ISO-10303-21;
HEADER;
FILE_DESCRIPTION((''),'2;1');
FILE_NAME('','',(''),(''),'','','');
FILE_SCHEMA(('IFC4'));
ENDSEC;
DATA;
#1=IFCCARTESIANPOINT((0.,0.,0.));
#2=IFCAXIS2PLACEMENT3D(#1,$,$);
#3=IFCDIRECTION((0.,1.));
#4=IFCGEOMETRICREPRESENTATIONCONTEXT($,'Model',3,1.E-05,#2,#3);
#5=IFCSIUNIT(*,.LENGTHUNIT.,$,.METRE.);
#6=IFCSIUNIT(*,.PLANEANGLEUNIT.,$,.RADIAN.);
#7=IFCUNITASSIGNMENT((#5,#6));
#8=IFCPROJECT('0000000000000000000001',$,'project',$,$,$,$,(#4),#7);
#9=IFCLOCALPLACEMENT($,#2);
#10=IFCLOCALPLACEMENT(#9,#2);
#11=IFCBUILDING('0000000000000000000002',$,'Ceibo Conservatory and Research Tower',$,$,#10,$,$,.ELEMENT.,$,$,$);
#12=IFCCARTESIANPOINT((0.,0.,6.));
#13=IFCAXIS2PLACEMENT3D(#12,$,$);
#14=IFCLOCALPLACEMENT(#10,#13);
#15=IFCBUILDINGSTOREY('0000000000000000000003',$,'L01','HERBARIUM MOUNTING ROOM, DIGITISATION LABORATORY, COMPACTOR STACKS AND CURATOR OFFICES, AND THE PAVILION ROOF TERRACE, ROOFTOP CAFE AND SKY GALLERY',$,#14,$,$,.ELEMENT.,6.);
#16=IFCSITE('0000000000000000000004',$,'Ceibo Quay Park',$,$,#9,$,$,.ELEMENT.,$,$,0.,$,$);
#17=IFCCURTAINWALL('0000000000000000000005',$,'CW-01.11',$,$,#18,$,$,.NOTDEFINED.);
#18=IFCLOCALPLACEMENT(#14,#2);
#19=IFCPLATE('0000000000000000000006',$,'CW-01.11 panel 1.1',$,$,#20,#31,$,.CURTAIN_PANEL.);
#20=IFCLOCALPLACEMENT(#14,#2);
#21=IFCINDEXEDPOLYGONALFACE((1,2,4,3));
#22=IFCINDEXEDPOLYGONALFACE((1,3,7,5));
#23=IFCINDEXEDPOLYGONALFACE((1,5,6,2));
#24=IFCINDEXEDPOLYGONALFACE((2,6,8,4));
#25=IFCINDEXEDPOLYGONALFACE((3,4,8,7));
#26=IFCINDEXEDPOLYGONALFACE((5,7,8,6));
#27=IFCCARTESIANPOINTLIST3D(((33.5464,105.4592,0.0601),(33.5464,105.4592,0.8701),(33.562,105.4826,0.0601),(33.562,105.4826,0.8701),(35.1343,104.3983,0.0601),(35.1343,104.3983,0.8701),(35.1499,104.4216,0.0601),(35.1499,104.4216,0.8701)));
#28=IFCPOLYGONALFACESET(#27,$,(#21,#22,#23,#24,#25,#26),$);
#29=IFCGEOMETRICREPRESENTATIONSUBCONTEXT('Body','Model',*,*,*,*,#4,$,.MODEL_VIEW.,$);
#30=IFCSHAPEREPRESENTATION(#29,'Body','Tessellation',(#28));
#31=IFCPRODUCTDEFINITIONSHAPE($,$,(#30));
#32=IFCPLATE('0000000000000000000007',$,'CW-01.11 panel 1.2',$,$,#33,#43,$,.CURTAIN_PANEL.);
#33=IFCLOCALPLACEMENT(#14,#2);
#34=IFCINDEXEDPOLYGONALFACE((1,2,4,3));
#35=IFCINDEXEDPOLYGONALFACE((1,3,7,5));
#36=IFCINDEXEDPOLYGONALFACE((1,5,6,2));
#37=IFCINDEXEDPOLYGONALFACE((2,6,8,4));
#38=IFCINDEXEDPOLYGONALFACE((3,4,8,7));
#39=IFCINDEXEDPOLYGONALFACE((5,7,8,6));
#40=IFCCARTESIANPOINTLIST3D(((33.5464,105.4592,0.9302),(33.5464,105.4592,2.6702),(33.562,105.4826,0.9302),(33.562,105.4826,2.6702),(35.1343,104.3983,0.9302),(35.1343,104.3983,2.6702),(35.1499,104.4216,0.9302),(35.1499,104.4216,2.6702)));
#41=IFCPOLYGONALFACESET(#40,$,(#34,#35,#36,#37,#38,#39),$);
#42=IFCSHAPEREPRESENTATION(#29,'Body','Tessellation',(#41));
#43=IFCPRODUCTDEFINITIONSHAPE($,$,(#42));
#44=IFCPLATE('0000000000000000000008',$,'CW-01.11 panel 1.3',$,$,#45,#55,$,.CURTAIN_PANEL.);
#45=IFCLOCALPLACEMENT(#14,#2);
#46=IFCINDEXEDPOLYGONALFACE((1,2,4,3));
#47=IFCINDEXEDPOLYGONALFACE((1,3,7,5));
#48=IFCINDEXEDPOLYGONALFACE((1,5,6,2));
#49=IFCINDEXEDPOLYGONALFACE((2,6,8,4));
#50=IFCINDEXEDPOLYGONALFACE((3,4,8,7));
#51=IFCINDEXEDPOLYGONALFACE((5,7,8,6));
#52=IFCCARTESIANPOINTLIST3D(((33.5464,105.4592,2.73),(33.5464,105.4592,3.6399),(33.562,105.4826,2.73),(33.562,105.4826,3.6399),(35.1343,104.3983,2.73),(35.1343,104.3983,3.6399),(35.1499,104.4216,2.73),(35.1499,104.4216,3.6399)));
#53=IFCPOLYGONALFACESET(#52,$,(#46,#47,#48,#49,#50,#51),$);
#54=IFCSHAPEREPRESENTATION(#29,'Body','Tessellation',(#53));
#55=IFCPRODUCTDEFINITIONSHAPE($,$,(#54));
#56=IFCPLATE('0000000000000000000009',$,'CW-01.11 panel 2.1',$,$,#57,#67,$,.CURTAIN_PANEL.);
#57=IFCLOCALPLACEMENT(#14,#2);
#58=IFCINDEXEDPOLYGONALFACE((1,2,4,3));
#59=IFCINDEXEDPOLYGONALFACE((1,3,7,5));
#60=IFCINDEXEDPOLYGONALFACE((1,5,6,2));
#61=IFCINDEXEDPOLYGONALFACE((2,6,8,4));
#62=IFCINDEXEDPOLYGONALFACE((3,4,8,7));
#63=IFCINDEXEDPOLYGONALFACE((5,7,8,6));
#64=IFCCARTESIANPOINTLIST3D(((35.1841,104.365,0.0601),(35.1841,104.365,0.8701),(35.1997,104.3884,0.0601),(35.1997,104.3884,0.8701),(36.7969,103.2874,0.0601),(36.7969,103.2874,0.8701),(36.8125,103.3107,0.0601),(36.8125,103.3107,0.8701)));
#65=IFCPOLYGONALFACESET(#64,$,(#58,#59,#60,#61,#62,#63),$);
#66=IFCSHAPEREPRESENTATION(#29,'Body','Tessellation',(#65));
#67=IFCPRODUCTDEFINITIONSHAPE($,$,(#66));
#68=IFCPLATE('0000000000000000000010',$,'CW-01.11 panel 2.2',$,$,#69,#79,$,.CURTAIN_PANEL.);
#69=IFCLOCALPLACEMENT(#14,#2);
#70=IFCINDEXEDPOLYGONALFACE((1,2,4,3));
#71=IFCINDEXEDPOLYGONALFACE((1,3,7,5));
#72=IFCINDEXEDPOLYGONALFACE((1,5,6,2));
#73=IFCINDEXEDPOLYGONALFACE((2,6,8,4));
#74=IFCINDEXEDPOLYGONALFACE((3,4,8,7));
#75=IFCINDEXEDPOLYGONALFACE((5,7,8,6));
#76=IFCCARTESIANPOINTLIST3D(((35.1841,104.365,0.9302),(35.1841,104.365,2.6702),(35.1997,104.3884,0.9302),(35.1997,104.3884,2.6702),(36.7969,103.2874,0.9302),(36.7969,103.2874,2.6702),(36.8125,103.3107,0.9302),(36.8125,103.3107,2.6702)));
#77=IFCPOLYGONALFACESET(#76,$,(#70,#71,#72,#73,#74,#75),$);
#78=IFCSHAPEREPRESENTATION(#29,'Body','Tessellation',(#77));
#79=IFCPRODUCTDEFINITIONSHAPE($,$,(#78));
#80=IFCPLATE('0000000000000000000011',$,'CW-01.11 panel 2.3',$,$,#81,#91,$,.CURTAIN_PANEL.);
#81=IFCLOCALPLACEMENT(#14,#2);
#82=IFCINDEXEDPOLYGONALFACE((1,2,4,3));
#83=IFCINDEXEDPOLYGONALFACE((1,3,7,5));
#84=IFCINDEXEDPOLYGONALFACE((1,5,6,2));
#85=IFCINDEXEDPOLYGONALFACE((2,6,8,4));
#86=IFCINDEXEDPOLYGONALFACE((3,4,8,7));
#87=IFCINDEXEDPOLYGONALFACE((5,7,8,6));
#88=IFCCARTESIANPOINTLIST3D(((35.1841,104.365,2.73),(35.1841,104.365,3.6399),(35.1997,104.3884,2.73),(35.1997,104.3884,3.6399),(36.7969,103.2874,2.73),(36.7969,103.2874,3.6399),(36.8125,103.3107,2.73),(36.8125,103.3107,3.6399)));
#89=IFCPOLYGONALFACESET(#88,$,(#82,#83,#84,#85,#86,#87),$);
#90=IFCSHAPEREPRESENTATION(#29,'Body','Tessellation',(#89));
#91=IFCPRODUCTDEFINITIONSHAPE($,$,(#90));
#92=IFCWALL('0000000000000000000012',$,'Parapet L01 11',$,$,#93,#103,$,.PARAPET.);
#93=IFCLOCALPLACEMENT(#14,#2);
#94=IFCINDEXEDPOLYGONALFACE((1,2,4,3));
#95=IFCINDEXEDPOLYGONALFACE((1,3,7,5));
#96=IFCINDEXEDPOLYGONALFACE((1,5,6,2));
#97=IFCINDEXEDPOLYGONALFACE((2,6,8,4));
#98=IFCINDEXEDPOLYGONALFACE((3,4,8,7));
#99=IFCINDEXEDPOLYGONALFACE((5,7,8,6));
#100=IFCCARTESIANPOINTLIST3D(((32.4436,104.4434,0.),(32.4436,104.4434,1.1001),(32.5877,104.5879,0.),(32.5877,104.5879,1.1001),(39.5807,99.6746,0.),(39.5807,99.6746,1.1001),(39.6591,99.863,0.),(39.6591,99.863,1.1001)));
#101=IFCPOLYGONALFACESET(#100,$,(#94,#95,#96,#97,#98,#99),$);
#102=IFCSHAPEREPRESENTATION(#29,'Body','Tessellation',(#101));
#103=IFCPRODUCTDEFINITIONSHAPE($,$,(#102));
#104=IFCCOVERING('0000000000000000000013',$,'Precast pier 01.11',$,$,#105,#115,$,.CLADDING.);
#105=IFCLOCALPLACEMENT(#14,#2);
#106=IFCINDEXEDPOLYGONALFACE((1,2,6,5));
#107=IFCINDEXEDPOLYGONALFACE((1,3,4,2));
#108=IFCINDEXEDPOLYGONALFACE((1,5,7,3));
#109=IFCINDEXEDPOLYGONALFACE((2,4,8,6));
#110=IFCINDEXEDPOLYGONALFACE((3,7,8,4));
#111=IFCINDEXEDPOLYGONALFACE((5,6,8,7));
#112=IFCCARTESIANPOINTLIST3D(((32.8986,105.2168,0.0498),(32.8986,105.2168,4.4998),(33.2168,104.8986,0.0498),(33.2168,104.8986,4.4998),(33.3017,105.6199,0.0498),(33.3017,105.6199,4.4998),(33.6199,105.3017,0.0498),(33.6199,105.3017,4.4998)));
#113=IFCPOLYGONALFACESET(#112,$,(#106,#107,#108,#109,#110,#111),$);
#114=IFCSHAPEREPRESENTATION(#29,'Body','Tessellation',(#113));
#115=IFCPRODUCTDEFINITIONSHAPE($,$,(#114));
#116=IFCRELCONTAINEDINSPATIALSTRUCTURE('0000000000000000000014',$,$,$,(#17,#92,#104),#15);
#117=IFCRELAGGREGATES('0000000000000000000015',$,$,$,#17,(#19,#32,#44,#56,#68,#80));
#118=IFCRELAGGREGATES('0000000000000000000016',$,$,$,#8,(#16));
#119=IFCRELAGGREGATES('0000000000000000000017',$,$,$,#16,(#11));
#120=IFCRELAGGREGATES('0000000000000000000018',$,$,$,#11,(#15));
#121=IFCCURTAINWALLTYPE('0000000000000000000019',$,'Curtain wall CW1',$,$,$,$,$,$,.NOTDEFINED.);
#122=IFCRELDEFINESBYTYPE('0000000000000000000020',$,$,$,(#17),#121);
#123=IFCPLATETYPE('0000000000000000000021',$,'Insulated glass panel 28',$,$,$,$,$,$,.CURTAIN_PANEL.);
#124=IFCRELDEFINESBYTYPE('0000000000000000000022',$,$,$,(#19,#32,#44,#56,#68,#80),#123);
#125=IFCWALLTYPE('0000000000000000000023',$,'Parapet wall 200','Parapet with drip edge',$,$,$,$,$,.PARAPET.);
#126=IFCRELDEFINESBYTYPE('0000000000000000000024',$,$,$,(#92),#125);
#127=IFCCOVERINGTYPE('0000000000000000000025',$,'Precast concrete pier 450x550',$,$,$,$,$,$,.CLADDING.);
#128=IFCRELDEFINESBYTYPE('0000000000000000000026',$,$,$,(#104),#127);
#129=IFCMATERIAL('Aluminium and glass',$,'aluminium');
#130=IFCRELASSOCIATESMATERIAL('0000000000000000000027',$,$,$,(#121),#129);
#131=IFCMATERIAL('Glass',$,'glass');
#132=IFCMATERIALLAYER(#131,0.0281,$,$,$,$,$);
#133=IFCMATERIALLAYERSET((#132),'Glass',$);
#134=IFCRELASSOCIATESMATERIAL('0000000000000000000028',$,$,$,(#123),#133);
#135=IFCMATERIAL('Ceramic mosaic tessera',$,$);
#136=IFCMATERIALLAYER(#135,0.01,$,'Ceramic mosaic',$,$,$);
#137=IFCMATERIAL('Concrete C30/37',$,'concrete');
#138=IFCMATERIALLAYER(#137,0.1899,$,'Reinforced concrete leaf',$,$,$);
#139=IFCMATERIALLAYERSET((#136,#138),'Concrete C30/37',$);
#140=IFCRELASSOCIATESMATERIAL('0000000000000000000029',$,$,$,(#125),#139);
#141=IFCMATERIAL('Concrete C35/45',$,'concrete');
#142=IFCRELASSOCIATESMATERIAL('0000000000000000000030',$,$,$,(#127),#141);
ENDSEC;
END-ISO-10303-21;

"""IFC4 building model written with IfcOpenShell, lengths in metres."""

from ifc_helpers import new_model, si_unit, direction, frame, origin, origin_2d, place, context, subcontext, project, spatial, polyline, rectangle, outline, extrude, material, layer, layer_set, type_object, element, aggregate, save


model = new_model("IFC4")

# Units and contexts
model_context = context("Model", 3, precision=1e-05, world=origin(), true_north=direction((0.0, 1.0)))
body_context = subcontext(model_context, "Body", "Model", "MODEL_VIEW")
ifc_project = project(units=[si_unit("LENGTHUNIT", "METRE"), si_unit("PLANEANGLEUNIT", "RADIAN")], contexts=[model_context])

# Site, building, storey
site_placement = place(None, origin())
site = spatial("IfcSite", under=ifc_project, at=site_placement, Name="Ceibo Quay Park", CompositionType="ELEMENT", RefElevation=0.0)
building_placement = place(site_placement, origin())
building = spatial("IfcBuilding", under=site, at=building_placement, Name="Ceibo Conservatory and Research Tower", CompositionType="ELEMENT")
storey_placement = place(building_placement, frame((0.0, 0.0, 6.0)))
storey = spatial("IfcBuildingStorey", under=building, at=storey_placement, Name="L01", Description="HERBARIUM MOUNTING ROOM, DIGITISATION LABORATORY, COMPACTOR STACKS AND CURATOR OFFICES, AND THE PAVILION ROOF TERRACE, ROOFTOP CAFE AND SKY GALLERY", CompositionType="ELEMENT", Elevation=6.0)

# Shared definitions
ifc_material_1 = material(Name="Aluminium and glass", Category="aluminium")
curtain_wall_type = type_object("IfcCurtainWallType", Name="Curtain wall CW1", PredefinedType="NOTDEFINED", material=ifc_material_1)

# Curtain wall
curtain_wall_1_placement = place(storey_placement, origin())
curtain_wall_1 = element("IfcCurtainWall", 1, at=curtain_wall_1_placement, inside=storey, type_object=curtain_wall_type, Name="CW-01.11", PredefinedType="NOTDEFINED")

# Shared definitions
ifc_material_2 = material(Name="Concrete C35/45", Category="concrete")

# Plates
ifc_material_3 = material(Name="Glass", Category="glass")
ifc_layer_1 = layer(ifc_material_3, 0.0281)
ifc_layer_set_1 = layer_set([ifc_layer_1], Name="Glass")
plate_type = type_object("IfcPlateType", Name="Insulated glass panel 28", PredefinedType="CURTAIN_PANEL", material=ifc_layer_set_1)
plate_1_placement = place(storey_placement, frame((34.3481, 104.9404, 0.0601), z_axis=(0.0, 0.0, 1.0), x_axis=(0.83147, -0.55557, 0.0)))
plate_1 = element("IfcPlate", 2, at=plate_1_placement, type_object=plate_type, Name="CW-01.11 panel 1.1", PredefinedType="CURTAIN_PANEL", context=body_context, shape_type="SweptSolid", body=[
    extrude(rectangle(XDim=1.9097, YDim=0.0281, at=origin_2d()), origin(), (0.0, 0.0, 1.0), 0.8101),
])
plate_2_placement = place(storey_placement, frame((34.3481, 104.9404, 0.9302), z_axis=(0.0, 0.0, 1.0), x_axis=(0.83147, -0.55557, 0.0)))
plate_2 = element("IfcPlate", 3, at=plate_2_placement, type_object=plate_type, Name="CW-01.11 panel 1.2", PredefinedType="CURTAIN_PANEL", context=body_context, shape_type="SweptSolid", body=[
    extrude(rectangle(XDim=1.9097, YDim=0.0281, at=origin_2d()), origin(), (0.0, 0.0, 1.0), 1.74),
])
plate_3_placement = place(storey_placement, frame((34.3481, 104.9404, 2.73), z_axis=(0.0, 0.0, 1.0), x_axis=(0.83147, -0.55557, 0.0)))
plate_3 = element("IfcPlate", 4, at=plate_3_placement, type_object=plate_type, Name="CW-01.11 panel 1.3", PredefinedType="CURTAIN_PANEL", context=body_context, shape_type="SweptSolid", body=[
    extrude(rectangle(XDim=1.9097, YDim=0.0281, at=origin_2d()), origin(), (0.0, 0.0, 1.0), 0.9099),
])
plate_4_placement = place(storey_placement, frame((35.9983, 103.8379, 0.0601), z_axis=(0.0, 0.0, 1.0), x_axis=(0.83147, -0.55557, 0.0)))
plate_4 = element("IfcPlate", 5, at=plate_4_placement, type_object=plate_type, Name="CW-01.11 panel 2.1", PredefinedType="CURTAIN_PANEL", context=body_context, shape_type="SweptSolid", body=[
    extrude(rectangle(XDim=1.9397, YDim=0.0281, at=origin_2d()), origin(), (0.0, 0.0, 1.0), 0.8101),
])
plate_5_placement = place(storey_placement, frame((35.9983, 103.8379, 0.9302), z_axis=(0.0, 0.0, 1.0), x_axis=(0.83147, -0.55557, 0.0)))
plate_5 = element("IfcPlate", 6, at=plate_5_placement, type_object=plate_type, Name="CW-01.11 panel 2.2", PredefinedType="CURTAIN_PANEL", context=body_context, shape_type="SweptSolid", body=[
    extrude(rectangle(XDim=1.9397, YDim=0.0281, at=origin_2d()), origin(), (0.0, 0.0, 1.0), 1.74),
])
plate_6_placement = place(storey_placement, frame((35.9983, 103.8379, 2.73), z_axis=(0.0, 0.0, 1.0), x_axis=(0.83147, -0.55557, 0.0)))
plate_6 = element("IfcPlate", 7, at=plate_6_placement, type_object=plate_type, Name="CW-01.11 panel 2.3", PredefinedType="CURTAIN_PANEL", context=body_context, shape_type="SweptSolid", body=[
    extrude(rectangle(XDim=1.9397, YDim=0.0281, at=origin_2d()), origin(), (0.0, 0.0, 1.0), 0.9099),
])
aggregate(curtain_wall_1, [plate_1, plate_2, plate_3, plate_4, plate_5, plate_6])

# Wall
ifc_material_4 = material(Name="Ceramic mosaic tessera")
ifc_layer_2 = layer(ifc_material_4, 0.01, Name="Ceramic mosaic")
ifc_material_5 = material(Name="Concrete C30/37", Category="concrete")
ifc_layer_3 = layer(ifc_material_5, 0.1899, Name="Reinforced concrete leaf")
ifc_layer_set_2 = layer_set([ifc_layer_2, ifc_layer_3], Name="Concrete C30/37")
wall_type = type_object("IfcWallType", Name="Parapet wall 200", Description="Parapet with drip edge", PredefinedType="PARAPET", material=ifc_layer_set_2)
wall_placement = place(storey_placement, frame((32.5156, 104.5156, 0.0), z_axis=(0.0, 0.0, 1.0), x_axis=(0.831474, -0.555564, 0.0)))
element("IfcWall", 8, at=wall_placement, inside=storey, type_object=wall_type, Name="Parapet L01 11", PredefinedType="PARAPET", context=body_context, shape_type="SweptSolid", body=[
    extrude(outline(polyline([(-0.0198, -0.1001), (8.564, -0.1001), (8.5244, 0.1001), (0.0198, 0.1001), (-0.0198, -0.1001)])), origin(), (0.0, 0.0, 1.0), 1.1001),
])

# Covering
covering_type = type_object("IfcCoveringType", Name="Precast concrete pier 450x550", PredefinedType="CLADDING", material=ifc_material_2)
covering_placement = place(storey_placement, frame((33.2593, 105.2593, 0.0498), z_axis=(0.0, 0.0, 1.0), x_axis=(-0.707107, -0.707107, 0.0)))
element("IfcCovering", 9, at=covering_placement, inside=storey, type_object=covering_type, Name="Precast pier 01.11", PredefinedType="CLADDING", context=body_context, shape_type="SweptSolid", body=[
    extrude(rectangle(XDim=0.5701, YDim=0.45, at=origin_2d()), origin(), (0.0, 0.0, 1.0), 4.45),
])

save(model, "model.ifc")
